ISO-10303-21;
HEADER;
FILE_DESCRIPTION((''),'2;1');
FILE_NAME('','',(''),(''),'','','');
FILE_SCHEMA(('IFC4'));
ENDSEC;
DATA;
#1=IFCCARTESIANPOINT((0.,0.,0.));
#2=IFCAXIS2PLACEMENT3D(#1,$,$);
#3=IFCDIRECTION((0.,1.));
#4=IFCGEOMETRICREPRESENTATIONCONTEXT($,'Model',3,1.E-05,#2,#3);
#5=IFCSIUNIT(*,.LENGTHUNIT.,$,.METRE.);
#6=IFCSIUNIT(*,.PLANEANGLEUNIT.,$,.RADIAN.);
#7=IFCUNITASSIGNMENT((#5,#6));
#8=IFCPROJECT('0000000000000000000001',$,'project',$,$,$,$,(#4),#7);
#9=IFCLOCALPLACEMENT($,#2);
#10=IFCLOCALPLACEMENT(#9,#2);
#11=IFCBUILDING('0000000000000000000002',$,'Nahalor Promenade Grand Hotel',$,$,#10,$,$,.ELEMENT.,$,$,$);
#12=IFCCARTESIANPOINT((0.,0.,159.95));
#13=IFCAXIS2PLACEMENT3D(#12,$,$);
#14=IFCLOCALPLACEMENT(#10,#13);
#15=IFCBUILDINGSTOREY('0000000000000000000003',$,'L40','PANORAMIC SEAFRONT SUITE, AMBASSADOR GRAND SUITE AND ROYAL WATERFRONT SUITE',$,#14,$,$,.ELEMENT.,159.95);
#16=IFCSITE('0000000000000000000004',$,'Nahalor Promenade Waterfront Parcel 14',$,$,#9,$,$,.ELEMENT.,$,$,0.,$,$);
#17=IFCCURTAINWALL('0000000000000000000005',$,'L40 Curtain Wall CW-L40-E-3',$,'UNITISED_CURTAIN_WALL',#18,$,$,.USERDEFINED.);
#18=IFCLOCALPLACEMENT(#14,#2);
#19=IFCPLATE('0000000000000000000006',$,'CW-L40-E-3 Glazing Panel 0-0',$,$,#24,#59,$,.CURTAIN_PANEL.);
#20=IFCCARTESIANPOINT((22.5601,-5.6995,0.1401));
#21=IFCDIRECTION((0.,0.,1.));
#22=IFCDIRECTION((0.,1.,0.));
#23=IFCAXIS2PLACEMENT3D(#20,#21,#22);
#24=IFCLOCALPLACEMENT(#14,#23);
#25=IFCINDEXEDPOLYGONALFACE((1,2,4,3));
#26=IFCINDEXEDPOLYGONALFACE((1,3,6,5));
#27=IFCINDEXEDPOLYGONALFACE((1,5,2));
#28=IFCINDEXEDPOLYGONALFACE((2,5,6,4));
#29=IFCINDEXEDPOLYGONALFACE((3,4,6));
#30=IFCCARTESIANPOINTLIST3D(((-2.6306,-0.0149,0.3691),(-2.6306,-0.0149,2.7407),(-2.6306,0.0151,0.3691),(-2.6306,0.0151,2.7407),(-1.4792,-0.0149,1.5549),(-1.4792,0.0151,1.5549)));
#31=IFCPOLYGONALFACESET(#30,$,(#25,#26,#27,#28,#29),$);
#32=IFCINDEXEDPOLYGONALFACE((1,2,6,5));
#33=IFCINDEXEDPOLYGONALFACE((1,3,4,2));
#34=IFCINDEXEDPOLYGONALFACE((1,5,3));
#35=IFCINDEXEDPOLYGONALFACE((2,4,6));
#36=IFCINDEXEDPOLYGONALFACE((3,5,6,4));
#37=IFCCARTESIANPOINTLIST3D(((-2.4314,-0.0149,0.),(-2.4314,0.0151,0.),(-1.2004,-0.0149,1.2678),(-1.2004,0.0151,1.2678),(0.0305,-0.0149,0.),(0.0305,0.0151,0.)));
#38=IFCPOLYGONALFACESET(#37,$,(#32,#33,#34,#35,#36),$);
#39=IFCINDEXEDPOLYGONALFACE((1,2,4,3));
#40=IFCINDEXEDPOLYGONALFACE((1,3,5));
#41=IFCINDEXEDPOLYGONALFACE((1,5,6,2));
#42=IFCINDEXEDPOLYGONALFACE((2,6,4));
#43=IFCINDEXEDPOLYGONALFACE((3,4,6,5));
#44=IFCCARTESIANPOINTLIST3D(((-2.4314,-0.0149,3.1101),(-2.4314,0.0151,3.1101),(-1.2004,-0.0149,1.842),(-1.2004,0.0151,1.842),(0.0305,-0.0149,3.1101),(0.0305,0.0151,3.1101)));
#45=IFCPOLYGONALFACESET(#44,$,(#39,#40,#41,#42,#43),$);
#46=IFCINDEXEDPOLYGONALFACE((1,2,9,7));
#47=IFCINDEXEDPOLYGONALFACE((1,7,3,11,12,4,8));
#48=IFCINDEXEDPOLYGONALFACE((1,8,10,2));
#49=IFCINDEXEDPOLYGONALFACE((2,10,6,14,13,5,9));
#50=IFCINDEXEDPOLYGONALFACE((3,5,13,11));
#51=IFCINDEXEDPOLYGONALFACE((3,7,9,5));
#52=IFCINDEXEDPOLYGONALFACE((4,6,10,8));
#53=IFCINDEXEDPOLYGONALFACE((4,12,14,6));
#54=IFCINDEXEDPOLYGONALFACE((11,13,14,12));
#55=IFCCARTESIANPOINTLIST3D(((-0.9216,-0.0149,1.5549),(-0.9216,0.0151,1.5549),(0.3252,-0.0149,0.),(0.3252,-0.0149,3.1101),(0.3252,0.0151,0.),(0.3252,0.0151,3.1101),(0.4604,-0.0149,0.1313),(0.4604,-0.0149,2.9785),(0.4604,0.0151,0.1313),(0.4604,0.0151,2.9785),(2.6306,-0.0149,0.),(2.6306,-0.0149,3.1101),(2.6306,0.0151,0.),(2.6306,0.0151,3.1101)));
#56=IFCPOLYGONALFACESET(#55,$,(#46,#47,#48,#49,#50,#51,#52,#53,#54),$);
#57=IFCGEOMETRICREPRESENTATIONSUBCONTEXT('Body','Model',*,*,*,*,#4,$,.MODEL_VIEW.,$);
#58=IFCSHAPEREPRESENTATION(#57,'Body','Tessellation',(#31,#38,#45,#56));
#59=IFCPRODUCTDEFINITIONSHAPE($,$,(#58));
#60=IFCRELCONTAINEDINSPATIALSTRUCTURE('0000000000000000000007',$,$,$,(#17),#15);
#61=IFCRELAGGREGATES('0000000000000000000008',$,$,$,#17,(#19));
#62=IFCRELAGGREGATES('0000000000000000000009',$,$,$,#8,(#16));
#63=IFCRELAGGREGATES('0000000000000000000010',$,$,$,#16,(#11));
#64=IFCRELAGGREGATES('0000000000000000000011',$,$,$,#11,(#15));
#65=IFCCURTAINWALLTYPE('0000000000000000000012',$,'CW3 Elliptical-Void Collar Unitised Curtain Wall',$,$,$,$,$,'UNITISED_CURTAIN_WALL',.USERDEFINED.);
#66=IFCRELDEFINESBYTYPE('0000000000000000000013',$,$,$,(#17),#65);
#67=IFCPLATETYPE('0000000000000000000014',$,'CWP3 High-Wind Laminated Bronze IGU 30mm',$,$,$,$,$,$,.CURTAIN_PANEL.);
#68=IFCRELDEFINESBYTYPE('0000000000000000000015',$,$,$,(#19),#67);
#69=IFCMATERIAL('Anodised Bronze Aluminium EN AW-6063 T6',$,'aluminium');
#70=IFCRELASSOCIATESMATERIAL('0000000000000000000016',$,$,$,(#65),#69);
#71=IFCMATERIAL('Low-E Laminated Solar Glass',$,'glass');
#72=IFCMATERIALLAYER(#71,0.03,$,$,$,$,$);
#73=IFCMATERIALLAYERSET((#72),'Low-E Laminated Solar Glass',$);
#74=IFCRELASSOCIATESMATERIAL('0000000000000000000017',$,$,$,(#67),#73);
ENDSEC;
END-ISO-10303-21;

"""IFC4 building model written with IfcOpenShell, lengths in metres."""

from ifc_helpers import new_model, si_unit, direction, frame, origin, place, context, subcontext, project, spatial, polyline, outline, extrude, material, layer, layer_set, type_object, element, aggregate, save


model = new_model("IFC4")

# Units and contexts
model_context = context("Model", 3, precision=1e-05, world=origin(), true_north=direction((0.0, 1.0)))
body_context = subcontext(model_context, "Body", "Model", "MODEL_VIEW")
ifc_project = project(units=[si_unit("LENGTHUNIT", "METRE"), si_unit("PLANEANGLEUNIT", "RADIAN")], contexts=[model_context])

# Site, building, storey
site_placement = place(None, origin())
site = spatial("IfcSite", under=ifc_project, at=site_placement, Name="Nahalor Promenade Waterfront Parcel 14", CompositionType="ELEMENT", RefElevation=0.0)
building_placement = place(site_placement, origin())
building = spatial("IfcBuilding", under=site, at=building_placement, Name="Nahalor Promenade Grand Hotel", CompositionType="ELEMENT")
storey_placement = place(building_placement, frame((0.0, 0.0, 159.95)))
storey = spatial("IfcBuildingStorey", under=building, at=storey_placement, Name="L40", Description="PANORAMIC SEAFRONT SUITE, AMBASSADOR GRAND SUITE AND ROYAL WATERFRONT SUITE", CompositionType="ELEMENT", Elevation=159.95)

# Curtain wall, plate
ifc_material_1 = material(Name="Anodised Bronze Aluminium EN AW-6063 T6", Category="aluminium")
curtain_wall_type = type_object("IfcCurtainWallType", Name="CW3 Elliptical-Void Collar Unitised Curtain Wall", ElementType="UNITISED_CURTAIN_WALL", PredefinedType="USERDEFINED", material=ifc_material_1)
curtain_wall_placement = place(storey_placement, origin())
curtain_wall = element("IfcCurtainWall", 1, at=curtain_wall_placement, inside=storey, type_object=curtain_wall_type, Name="L40 Curtain Wall CW-L40-E-3", ObjectType="UNITISED_CURTAIN_WALL", PredefinedType="USERDEFINED")
ifc_material_2 = material(Name="Low-E Laminated Solar Glass", Category="glass")
ifc_layer_1 = layer(ifc_material_2, 0.03)
ifc_layer_set_1 = layer_set([ifc_layer_1], Name="Low-E Laminated Solar Glass")
plate_type_1 = type_object("IfcPlateType", Name="CWP3 High-Wind Laminated Bronze IGU 30mm", PredefinedType="CURTAIN_PANEL", material=ifc_layer_set_1)
plate_1_placement = place(storey_placement, frame((22.5601, -5.6995, 0.1401), z_axis=(0.0, 0.0, 1.0), x_axis=(0.0, 1.0, 0.0)))
plate_1 = element("IfcPlate", 2, at=plate_1_placement, type_object=plate_type_1, Name="CW-L40-E-3 Glazing Panel 0-0", PredefinedType="CURTAIN_PANEL", context=body_context, shape_type="SweptSolid", body=[
    extrude(outline(polyline([(-1.4792, 1.5549), (-2.6306, 2.7407), (-2.6306, 0.3691), (-1.4792, 1.5549)])), frame((0.0, 0.0151, 0.0), z_axis=(0.0, -1.0, 0.0), x_axis=(1.0, 0.0, 0.0)), (0.0, 0.0, 1.0), 0.03),
    extrude(outline(polyline([(-1.2004, 1.2678), (-2.4314, 0.0), (0.0305, 0.0), (-1.2004, 1.2678)])), frame((0.0, 0.0151, 0.0), z_axis=(0.0, -1.0, 0.0), x_axis=(1.0, 0.0, 0.0)), (0.0, 0.0, 1.0), 0.03),
    extrude(outline(polyline([(-1.2004, 1.842), (0.0305, 3.1101), (-2.4314, 3.1101), (-1.2004, 1.842)])), frame((0.0, 0.0151, 0.0), z_axis=(0.0, -1.0, 0.0), x_axis=(1.0, 0.0, 0.0)), (0.0, 0.0, 1.0), 0.03),
    extrude(outline(polyline([(2.6306, 0.0), (2.6306, 3.1101), (0.3252, 3.1101), (0.4604, 2.9785), (-0.9216, 1.5549), (0.4604, 0.1313), (0.3252, 0.0), (2.6306, 0.0)])), frame((0.0, 0.0151, 0.0), z_axis=(0.0, -1.0, 0.0), x_axis=(1.0, 0.0, 0.0)), (0.0, 0.0, 1.0), 0.03),
])
aggregate(curtain_wall, [plate_1])

save(model, "model.ifc")
